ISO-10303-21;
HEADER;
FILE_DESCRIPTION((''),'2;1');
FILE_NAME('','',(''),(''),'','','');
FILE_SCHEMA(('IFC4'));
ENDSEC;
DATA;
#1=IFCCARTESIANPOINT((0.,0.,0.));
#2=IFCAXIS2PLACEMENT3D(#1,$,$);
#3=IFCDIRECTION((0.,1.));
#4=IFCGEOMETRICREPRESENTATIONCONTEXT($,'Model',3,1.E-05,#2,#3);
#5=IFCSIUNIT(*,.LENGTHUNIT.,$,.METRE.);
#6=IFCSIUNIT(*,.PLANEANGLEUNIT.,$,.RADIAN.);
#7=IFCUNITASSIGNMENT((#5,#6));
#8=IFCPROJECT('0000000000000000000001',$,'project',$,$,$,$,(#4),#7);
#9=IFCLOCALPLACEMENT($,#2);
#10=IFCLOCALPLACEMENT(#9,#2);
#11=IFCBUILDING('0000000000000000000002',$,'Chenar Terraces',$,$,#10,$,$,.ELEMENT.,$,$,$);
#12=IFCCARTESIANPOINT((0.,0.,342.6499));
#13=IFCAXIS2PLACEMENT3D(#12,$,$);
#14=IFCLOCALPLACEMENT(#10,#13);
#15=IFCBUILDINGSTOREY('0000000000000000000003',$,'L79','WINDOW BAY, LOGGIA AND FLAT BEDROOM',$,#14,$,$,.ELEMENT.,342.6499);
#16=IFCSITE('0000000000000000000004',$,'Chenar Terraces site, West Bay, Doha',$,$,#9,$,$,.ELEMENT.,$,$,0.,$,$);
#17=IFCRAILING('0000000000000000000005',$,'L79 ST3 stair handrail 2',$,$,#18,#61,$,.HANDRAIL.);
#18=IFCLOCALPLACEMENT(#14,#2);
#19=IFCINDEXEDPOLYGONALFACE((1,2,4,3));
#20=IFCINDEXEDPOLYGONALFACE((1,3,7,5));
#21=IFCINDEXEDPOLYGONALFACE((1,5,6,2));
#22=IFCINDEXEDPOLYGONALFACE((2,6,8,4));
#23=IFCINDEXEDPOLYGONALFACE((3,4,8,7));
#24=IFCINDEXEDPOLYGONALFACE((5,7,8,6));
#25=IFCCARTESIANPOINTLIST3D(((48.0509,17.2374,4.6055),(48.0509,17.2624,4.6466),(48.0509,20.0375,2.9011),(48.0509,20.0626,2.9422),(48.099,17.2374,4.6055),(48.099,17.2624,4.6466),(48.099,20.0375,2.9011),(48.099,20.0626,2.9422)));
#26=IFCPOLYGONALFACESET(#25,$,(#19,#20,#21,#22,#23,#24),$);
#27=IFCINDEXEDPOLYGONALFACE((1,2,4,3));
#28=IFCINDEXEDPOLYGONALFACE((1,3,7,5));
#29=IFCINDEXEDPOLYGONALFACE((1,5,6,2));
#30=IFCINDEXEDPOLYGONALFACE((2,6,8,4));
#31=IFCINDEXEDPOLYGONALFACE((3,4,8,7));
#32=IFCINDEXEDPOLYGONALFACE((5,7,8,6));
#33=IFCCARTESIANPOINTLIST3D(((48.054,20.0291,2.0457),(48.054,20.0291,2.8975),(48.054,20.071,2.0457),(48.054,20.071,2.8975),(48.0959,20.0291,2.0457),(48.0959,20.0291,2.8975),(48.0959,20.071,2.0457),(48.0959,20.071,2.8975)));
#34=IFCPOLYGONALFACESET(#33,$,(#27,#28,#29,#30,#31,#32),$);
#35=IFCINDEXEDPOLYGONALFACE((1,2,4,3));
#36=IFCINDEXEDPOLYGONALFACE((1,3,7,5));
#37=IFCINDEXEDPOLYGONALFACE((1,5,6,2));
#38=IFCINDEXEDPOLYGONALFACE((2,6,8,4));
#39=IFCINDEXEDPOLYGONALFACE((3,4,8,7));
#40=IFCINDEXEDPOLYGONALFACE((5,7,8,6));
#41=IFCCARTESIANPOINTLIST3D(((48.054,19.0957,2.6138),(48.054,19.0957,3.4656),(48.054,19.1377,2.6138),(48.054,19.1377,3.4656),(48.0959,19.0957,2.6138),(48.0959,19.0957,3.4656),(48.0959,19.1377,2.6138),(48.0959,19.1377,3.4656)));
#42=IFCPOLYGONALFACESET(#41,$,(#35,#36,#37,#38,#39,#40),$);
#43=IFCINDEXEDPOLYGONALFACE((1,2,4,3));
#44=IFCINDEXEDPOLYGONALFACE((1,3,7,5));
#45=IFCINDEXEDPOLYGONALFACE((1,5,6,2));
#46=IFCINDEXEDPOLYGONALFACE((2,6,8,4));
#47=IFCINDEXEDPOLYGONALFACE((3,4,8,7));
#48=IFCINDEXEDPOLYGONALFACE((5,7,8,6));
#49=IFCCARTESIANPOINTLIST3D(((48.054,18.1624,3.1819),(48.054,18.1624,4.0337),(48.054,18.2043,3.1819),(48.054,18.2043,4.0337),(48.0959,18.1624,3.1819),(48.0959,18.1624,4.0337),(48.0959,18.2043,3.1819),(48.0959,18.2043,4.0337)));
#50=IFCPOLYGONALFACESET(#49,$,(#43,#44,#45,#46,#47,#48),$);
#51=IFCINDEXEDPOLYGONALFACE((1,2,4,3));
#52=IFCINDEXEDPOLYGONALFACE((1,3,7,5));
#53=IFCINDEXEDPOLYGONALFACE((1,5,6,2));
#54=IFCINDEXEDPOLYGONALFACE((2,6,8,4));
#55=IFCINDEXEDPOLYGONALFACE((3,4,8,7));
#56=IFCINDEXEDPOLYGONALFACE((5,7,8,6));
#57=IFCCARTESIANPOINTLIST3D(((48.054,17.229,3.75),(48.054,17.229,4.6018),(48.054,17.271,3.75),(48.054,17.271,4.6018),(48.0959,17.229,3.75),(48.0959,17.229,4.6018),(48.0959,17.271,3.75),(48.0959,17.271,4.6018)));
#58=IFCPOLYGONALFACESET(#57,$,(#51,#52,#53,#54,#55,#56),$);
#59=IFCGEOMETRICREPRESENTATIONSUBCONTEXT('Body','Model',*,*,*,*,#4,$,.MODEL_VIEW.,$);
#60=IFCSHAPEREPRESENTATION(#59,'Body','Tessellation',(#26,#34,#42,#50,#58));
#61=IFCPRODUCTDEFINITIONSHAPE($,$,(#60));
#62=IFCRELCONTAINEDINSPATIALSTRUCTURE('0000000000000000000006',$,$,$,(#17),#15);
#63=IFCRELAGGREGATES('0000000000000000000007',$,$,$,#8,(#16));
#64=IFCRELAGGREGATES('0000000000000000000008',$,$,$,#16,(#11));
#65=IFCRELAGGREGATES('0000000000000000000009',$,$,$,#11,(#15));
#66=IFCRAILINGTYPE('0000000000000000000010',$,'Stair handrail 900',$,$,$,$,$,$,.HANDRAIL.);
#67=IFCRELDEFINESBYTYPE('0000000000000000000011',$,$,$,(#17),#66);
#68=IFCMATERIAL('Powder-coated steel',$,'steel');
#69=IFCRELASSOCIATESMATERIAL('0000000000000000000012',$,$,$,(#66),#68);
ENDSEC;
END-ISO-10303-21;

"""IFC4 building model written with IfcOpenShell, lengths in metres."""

from ifc_helpers import new_model, si_unit, direction, frame, origin, origin_2d, place, context, subcontext, project, spatial, rectangle, extrude, material, type_object, element, save


model = new_model("IFC4")

# Units and contexts
model_context = context("Model", 3, precision=1e-05, world=origin(), true_north=direction((0.0, 1.0)))
body_context = subcontext(model_context, "Body", "Model", "MODEL_VIEW")
ifc_project = project(units=[si_unit("LENGTHUNIT", "METRE"), si_unit("PLANEANGLEUNIT", "RADIAN")], contexts=[model_context])

# Site, building, storey
site_placement = place(None, origin())
site = spatial("IfcSite", under=ifc_project, at=site_placement, Name="Chenar Terraces site, West Bay, Doha", CompositionType="ELEMENT", RefElevation=0.0)
building_placement = place(site_placement, origin())
building = spatial("IfcBuilding", under=site, at=building_placement, Name="Chenar Terraces", CompositionType="ELEMENT")
storey_placement = place(building_placement, frame((0.0, 0.0, 342.6499)))
storey = spatial("IfcBuildingStorey", under=building, at=storey_placement, Name="L79", Description="WINDOW BAY, LOGGIA AND FLAT BEDROOM", CompositionType="ELEMENT", Elevation=342.6499)

# Railing
ifc_material_1 = material(Name="Powder-coated steel", Category="steel")
railing_type_1 = type_object("IfcRailingType", Name="Stair handrail 900", PredefinedType="HANDRAIL", material=ifc_material_1)
railing_1_placement = place(storey_placement, frame((48.075, 20.05, 2.0457)))
element("IfcRailing", 1, at=railing_1_placement, inside=storey, type_object=railing_type_1, Name="L79 ST3 stair handrail 2", PredefinedType="HANDRAIL", context=body_context, shape_type="SweptSolid", body=[
    extrude(rectangle(XDim=0.0481, YDim=0.0481, at=origin_2d()), frame((0.0, 0.0, 0.876), z_axis=(0.0, -0.854203, 0.51994), x_axis=(1.0, 0.0, 0.0)), (0.0, 0.0, 1.0), 3.2781),
    extrude(rectangle(XDim=0.042, YDim=0.042, at=origin_2d()), origin(), (0.0, 0.0, 1.0), 0.8518),
    extrude(rectangle(XDim=0.042, YDim=0.042, at=origin_2d()), frame((0.0, -0.9333, 0.5681)), (0.0, 0.0, 1.0), 0.8518),
    extrude(rectangle(XDim=0.042, YDim=0.042, at=origin_2d()), frame((0.0, -1.8667, 1.1362)), (0.0, 0.0, 1.0), 0.8518),
    extrude(rectangle(XDim=0.042, YDim=0.042, at=origin_2d()), frame((0.0, -2.8, 1.7043)), (0.0, 0.0, 1.0), 0.8518),
])

save(model, "model.ifc")
